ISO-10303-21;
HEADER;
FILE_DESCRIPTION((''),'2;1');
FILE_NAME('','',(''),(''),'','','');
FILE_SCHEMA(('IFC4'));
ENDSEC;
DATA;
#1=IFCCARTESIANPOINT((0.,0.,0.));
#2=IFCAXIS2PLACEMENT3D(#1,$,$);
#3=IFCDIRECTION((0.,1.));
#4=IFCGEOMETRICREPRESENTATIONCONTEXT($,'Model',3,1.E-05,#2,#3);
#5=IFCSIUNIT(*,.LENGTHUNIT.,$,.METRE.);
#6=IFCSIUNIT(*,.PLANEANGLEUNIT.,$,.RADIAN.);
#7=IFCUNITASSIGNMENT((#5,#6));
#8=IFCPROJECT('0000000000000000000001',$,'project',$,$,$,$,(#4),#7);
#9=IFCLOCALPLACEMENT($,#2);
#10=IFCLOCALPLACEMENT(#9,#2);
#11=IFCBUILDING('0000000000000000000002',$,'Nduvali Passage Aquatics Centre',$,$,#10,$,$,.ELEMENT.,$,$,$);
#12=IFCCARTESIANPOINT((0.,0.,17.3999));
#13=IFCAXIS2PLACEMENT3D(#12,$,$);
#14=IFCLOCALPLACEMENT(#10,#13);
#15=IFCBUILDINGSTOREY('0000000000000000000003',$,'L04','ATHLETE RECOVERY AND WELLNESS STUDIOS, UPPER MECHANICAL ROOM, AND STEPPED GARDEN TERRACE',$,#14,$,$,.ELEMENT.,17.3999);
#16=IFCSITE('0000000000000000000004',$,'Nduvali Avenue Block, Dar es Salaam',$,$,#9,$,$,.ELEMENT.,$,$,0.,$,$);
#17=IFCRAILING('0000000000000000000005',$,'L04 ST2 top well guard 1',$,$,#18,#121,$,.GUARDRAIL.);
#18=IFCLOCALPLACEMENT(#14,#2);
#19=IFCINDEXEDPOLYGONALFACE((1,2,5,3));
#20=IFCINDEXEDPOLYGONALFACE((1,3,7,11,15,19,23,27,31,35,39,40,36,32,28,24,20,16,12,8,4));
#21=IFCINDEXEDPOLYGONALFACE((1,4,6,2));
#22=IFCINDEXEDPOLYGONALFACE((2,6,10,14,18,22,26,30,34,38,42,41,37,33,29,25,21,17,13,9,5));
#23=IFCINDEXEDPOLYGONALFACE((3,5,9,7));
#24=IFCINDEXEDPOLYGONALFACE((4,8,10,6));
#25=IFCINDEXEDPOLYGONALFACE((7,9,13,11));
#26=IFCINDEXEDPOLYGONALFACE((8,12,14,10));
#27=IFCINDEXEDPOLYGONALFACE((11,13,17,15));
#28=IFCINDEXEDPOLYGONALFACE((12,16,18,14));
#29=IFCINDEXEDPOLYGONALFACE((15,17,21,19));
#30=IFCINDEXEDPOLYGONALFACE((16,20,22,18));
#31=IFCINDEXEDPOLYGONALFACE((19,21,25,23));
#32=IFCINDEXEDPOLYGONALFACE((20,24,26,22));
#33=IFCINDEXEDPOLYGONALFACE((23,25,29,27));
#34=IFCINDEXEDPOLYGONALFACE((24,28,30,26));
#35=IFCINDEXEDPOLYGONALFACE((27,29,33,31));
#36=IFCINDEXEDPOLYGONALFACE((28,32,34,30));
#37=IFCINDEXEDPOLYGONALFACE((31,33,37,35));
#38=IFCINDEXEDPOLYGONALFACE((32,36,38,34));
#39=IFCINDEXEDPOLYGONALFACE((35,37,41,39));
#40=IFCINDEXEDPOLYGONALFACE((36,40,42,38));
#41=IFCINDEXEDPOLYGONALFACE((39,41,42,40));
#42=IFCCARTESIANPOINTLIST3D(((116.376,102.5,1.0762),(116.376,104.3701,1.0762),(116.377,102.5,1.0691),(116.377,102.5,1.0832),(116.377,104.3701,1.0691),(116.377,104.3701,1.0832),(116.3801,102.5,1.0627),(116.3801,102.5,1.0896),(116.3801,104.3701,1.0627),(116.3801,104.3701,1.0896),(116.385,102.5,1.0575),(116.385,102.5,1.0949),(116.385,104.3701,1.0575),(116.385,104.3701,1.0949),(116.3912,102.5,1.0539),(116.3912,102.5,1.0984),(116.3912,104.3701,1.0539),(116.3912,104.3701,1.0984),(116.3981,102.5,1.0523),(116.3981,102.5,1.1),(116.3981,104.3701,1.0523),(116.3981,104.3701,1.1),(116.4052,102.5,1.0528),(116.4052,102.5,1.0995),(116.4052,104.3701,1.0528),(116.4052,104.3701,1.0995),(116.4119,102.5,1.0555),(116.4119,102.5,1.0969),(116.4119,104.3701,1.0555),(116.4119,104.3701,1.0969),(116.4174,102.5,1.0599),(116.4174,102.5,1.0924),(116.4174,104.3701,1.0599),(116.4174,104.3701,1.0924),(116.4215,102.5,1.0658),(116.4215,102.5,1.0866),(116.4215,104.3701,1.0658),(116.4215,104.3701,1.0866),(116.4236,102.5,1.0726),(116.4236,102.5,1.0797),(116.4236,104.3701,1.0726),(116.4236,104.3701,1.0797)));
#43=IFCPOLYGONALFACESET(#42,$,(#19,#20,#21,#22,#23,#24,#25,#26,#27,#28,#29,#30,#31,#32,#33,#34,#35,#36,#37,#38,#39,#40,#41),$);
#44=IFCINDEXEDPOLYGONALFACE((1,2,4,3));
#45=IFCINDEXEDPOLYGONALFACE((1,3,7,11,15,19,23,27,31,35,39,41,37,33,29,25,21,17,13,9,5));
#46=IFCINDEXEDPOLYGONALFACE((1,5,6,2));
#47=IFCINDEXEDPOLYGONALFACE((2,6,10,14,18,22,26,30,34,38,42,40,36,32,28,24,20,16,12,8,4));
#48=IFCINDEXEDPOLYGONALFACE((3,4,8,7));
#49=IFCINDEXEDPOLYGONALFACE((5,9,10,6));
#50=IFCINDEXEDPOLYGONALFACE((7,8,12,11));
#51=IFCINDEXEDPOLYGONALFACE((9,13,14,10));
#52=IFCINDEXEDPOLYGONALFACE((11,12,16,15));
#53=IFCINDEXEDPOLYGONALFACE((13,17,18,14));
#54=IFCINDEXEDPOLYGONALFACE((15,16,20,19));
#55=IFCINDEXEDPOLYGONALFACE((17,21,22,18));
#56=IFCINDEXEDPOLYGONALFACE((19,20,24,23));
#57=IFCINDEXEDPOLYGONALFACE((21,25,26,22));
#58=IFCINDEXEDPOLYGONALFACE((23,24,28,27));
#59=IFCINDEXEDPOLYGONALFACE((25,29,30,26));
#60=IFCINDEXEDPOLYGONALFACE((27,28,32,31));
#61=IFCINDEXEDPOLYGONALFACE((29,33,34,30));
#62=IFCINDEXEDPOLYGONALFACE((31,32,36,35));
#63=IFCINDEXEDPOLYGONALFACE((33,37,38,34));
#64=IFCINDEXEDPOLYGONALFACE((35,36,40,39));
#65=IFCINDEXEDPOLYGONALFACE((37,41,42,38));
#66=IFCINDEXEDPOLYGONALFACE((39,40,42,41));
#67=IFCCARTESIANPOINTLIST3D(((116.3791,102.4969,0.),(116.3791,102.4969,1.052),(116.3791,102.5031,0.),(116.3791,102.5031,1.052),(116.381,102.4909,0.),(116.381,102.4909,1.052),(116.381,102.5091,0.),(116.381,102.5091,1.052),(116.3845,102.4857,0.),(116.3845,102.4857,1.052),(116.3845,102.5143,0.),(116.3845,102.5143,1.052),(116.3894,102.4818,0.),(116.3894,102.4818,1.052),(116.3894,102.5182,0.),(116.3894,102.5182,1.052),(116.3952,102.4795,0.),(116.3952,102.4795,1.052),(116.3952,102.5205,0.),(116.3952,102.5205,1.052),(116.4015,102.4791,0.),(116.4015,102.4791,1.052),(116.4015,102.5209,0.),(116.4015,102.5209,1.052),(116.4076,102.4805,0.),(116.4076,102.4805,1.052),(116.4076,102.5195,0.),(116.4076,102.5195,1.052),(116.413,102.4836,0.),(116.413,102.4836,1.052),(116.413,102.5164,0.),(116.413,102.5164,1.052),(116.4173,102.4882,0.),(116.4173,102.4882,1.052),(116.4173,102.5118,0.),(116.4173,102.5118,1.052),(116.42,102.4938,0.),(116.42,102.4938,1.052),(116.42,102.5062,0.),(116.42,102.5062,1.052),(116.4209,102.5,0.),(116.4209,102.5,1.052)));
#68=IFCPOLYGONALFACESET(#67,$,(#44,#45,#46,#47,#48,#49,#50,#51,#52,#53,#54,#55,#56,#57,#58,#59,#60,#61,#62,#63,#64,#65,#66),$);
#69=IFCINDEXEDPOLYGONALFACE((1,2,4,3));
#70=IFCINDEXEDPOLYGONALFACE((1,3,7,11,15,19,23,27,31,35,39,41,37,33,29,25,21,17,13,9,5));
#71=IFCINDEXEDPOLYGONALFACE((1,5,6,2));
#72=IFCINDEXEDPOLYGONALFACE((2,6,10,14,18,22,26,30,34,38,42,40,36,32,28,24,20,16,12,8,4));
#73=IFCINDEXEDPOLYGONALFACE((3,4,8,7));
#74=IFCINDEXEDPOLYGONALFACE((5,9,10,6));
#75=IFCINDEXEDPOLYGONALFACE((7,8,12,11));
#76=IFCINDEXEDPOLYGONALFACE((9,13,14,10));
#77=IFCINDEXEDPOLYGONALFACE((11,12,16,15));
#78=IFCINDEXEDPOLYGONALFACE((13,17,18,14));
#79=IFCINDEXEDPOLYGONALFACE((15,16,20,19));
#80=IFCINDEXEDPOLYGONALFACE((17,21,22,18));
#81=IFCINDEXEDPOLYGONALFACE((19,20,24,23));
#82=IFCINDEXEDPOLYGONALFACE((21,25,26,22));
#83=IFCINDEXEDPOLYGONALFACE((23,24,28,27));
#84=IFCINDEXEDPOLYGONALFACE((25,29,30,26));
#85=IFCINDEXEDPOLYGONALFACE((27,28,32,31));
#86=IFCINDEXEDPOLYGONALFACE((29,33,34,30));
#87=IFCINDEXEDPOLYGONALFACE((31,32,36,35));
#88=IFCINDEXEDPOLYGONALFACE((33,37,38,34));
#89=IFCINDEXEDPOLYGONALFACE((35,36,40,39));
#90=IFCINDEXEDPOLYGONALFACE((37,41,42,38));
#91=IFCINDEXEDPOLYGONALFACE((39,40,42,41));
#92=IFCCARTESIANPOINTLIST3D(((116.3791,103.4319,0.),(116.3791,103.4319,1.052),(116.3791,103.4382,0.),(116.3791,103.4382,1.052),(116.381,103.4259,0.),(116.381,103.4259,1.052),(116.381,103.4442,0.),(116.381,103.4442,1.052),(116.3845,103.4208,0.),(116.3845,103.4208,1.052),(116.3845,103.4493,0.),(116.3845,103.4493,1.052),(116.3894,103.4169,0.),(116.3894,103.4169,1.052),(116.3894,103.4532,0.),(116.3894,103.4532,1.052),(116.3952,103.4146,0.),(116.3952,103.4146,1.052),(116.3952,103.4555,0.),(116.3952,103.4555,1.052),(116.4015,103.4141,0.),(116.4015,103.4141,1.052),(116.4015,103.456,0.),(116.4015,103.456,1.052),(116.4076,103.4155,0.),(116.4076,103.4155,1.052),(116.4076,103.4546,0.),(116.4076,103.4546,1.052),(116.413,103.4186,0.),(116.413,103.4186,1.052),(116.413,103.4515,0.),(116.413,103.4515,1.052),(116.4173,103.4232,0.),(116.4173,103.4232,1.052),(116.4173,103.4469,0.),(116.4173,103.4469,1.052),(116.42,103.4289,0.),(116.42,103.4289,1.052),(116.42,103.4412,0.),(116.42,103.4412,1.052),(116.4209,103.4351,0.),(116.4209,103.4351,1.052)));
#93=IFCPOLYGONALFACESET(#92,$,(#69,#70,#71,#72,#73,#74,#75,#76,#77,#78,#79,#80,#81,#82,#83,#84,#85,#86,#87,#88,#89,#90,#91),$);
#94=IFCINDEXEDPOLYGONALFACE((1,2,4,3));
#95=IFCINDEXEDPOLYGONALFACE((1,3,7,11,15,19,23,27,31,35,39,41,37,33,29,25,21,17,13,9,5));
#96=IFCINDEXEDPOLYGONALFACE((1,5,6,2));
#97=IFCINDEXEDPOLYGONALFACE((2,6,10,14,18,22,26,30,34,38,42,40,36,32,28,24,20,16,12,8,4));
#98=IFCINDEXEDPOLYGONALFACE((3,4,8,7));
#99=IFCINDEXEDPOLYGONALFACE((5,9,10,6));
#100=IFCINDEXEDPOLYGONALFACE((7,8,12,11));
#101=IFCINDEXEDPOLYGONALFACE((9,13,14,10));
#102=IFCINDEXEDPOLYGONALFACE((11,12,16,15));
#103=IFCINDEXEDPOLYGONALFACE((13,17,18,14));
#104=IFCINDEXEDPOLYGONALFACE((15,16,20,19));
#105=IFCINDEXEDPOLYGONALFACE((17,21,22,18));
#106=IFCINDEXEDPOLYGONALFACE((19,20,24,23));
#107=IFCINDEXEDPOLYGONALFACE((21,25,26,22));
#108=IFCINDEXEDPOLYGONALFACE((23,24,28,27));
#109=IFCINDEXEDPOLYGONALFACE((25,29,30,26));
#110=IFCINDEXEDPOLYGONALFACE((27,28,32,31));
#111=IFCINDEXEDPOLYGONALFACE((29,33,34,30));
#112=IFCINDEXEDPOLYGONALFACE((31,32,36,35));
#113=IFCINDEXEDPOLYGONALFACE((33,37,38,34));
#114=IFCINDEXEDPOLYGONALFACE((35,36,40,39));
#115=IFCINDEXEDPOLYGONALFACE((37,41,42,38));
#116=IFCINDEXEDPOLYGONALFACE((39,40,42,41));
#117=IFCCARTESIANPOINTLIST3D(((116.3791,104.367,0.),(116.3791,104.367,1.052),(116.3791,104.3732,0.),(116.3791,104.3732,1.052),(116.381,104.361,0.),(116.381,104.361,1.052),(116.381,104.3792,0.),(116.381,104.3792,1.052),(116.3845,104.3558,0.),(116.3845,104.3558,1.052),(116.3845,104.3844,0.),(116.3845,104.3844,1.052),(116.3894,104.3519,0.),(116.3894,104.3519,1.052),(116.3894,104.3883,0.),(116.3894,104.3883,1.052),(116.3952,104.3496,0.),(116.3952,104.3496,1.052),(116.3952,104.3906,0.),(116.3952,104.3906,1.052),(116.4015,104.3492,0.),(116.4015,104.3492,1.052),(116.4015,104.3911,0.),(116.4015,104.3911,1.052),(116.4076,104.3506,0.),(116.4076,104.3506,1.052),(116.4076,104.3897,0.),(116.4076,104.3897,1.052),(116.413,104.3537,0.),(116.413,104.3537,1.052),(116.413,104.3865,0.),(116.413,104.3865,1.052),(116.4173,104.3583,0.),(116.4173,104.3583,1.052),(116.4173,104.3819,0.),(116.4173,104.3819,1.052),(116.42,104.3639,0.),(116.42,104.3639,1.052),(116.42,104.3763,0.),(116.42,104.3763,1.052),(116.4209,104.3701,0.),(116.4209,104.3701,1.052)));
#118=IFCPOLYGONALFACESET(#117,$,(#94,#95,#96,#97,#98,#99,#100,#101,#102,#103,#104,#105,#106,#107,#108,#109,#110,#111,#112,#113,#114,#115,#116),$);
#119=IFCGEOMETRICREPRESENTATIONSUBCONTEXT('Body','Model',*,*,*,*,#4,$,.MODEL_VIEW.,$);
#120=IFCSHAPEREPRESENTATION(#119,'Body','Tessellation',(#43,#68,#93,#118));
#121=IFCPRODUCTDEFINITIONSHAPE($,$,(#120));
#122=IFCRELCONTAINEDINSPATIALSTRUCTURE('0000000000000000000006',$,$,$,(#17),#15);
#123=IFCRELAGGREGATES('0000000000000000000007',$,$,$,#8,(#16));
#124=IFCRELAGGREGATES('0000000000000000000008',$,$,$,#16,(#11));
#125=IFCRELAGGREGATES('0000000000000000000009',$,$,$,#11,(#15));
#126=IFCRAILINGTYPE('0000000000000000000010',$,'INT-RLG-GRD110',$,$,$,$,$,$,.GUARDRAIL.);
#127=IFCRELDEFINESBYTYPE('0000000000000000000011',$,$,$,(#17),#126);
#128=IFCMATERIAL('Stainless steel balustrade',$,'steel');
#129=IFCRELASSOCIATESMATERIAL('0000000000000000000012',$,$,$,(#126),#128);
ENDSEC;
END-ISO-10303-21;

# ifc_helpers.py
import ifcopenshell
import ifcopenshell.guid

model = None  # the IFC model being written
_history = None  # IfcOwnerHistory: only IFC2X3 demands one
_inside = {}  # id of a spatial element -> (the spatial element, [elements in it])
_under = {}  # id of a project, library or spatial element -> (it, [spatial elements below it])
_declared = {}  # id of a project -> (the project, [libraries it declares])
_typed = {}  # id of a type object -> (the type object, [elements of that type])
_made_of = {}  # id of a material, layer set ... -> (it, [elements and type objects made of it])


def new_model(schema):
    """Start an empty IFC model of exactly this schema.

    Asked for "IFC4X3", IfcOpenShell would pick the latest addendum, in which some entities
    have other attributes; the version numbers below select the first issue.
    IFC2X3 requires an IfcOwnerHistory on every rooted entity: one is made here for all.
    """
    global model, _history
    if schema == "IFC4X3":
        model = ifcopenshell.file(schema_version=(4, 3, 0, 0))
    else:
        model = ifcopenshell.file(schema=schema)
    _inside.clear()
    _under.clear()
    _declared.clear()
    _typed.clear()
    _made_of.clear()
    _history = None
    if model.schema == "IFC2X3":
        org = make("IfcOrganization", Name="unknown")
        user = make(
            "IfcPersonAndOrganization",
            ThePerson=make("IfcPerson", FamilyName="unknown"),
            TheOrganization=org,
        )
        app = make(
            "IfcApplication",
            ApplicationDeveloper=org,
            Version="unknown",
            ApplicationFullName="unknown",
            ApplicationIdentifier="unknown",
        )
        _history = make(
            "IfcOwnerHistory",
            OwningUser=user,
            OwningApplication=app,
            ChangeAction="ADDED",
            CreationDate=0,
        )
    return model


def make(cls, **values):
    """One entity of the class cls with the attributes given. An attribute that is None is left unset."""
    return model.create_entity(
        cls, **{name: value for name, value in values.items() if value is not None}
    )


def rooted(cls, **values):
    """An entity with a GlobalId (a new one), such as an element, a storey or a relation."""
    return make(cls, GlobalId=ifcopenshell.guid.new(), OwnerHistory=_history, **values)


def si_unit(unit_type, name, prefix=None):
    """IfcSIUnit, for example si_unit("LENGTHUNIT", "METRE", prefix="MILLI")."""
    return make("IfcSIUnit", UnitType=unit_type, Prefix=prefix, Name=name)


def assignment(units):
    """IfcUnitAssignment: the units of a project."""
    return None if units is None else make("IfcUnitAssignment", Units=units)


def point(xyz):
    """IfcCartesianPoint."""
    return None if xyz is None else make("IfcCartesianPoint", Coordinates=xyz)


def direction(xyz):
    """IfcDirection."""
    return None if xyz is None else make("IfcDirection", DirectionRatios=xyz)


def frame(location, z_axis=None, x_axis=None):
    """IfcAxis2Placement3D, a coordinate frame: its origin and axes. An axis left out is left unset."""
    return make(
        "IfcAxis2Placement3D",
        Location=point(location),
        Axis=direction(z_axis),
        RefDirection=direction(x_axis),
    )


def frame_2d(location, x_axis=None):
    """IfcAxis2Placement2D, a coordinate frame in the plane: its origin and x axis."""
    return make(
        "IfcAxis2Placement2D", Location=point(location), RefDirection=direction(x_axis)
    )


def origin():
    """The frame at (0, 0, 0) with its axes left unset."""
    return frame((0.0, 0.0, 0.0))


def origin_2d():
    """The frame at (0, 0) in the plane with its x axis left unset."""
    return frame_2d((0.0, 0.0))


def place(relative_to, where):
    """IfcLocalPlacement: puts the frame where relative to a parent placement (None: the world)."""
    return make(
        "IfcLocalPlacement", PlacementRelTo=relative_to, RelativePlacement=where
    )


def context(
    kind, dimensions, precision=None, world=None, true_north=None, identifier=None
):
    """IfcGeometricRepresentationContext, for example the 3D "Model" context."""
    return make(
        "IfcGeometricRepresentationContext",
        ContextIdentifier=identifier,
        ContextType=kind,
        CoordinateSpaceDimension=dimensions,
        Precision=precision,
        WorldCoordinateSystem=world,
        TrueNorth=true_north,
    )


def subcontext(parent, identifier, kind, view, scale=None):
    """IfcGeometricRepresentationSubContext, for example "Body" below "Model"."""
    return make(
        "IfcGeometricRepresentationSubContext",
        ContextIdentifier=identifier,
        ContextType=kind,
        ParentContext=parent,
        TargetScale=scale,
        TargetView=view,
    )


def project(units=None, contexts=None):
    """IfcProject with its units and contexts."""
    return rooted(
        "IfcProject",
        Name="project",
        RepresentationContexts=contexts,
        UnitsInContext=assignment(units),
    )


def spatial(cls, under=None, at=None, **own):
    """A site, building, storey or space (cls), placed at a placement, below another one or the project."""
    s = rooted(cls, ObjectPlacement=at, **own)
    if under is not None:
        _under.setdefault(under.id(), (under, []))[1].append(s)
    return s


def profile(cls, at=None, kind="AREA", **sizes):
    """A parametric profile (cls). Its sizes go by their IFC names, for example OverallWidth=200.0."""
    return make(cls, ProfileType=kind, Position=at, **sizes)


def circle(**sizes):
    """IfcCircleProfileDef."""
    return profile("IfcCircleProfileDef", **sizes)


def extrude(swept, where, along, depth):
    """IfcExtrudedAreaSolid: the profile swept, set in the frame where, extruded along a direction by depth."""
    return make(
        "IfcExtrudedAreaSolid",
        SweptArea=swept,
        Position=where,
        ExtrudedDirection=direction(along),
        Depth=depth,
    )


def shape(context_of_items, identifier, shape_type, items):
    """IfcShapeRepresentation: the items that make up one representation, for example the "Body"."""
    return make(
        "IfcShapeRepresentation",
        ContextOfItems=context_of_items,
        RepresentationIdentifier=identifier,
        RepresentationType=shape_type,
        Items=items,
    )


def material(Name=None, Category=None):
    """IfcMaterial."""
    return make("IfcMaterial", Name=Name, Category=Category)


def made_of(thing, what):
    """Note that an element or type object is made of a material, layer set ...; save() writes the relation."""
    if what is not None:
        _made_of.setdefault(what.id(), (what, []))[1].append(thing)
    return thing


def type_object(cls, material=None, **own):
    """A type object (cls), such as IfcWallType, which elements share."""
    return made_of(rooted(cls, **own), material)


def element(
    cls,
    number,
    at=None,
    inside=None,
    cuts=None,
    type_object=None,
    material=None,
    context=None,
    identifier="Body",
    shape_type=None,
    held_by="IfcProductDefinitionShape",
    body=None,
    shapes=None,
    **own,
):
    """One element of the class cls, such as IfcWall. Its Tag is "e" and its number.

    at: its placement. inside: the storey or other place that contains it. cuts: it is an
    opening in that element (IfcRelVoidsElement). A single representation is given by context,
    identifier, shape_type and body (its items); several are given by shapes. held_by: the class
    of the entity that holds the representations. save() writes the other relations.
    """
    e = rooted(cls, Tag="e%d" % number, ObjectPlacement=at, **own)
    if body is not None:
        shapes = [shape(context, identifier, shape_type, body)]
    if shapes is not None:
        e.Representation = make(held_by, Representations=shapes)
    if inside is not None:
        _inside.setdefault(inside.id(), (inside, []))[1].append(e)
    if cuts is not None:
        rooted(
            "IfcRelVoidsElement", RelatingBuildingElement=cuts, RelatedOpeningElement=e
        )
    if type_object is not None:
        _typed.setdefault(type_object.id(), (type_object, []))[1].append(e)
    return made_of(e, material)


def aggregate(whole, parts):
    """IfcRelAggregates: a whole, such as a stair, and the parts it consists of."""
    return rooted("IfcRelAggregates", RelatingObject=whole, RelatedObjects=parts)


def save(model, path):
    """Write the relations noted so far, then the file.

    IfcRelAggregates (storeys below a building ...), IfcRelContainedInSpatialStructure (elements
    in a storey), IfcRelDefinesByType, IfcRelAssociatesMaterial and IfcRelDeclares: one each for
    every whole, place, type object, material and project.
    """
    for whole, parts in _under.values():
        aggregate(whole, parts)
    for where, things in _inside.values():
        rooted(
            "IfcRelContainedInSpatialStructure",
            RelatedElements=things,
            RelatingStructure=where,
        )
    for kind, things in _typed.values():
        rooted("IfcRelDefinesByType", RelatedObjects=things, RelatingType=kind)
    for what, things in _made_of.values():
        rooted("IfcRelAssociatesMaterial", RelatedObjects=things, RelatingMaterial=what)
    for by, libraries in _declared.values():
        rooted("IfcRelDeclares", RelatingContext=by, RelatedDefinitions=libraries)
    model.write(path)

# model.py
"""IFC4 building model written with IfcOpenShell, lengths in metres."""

from ifc_helpers import new_model, si_unit, direction, frame, origin, origin_2d, place, context, subcontext, project, spatial, circle, extrude, material, type_object, element, save


model = new_model("IFC4")

# Units and contexts
model_context = context("Model", 3, precision=1e-05, world=origin(), true_north=direction((0.0, 1.0)))
body_context = subcontext(model_context, "Body", "Model", "MODEL_VIEW")
ifc_project = project(units=[si_unit("LENGTHUNIT", "METRE"), si_unit("PLANEANGLEUNIT", "RADIAN")], contexts=[model_context])

# Site, building, storey
site_placement = place(None, origin())
site = spatial("IfcSite", under=ifc_project, at=site_placement, Name="Nduvali Avenue Block, Dar es Salaam", CompositionType="ELEMENT", RefElevation=0.0)
building_placement = place(site_placement, origin())
building = spatial("IfcBuilding", under=site, at=building_placement, Name="Nduvali Passage Aquatics Centre", CompositionType="ELEMENT")
storey_placement = place(building_placement, frame((0.0, 0.0, 17.3999)))
storey = spatial("IfcBuildingStorey", under=building, at=storey_placement, Name="L04", Description="ATHLETE RECOVERY AND WELLNESS STUDIOS, UPPER MECHANICAL ROOM, AND STEPPED GARDEN TERRACE", CompositionType="ELEMENT", Elevation=17.3999)

# Railing
ifc_material_1 = material(Name="Stainless steel balustrade", Category="steel")
railing_type = type_object("IfcRailingType", Name="INT-RLG-GRD110", PredefinedType="GUARDRAIL", material=ifc_material_1)
railing_placement = place(storey_placement, frame((116.3999, 102.5, 0.0)))
element("IfcRailing", 1, at=railing_placement, inside=storey, type_object=railing_type, Name="L04 ST2 top well guard 1", PredefinedType="GUARDRAIL", context=body_context, shape_type="SweptSolid", body=[
    extrude(circle(Radius=0.0239, at=origin_2d()), frame((0.0, 0.0, 1.0762), z_axis=(0.0, 1.0, 0.0), x_axis=(-1.0, 0.0, 0.0)), (0.0, 0.0, 1.0), 1.8701),
    extrude(circle(Radius=0.021, at=origin_2d()), origin(), (0.0, 0.0, 1.0), 1.052),
    extrude(circle(Radius=0.021, at=origin_2d()), frame((0.0, 0.9351, 0.0)), (0.0, 0.0, 1.0), 1.052),
    extrude(circle(Radius=0.021, at=origin_2d()), frame((0.0, 1.8701, 0.0)), (0.0, 0.0, 1.0), 1.052),
])

save(model, "model.ifc")
